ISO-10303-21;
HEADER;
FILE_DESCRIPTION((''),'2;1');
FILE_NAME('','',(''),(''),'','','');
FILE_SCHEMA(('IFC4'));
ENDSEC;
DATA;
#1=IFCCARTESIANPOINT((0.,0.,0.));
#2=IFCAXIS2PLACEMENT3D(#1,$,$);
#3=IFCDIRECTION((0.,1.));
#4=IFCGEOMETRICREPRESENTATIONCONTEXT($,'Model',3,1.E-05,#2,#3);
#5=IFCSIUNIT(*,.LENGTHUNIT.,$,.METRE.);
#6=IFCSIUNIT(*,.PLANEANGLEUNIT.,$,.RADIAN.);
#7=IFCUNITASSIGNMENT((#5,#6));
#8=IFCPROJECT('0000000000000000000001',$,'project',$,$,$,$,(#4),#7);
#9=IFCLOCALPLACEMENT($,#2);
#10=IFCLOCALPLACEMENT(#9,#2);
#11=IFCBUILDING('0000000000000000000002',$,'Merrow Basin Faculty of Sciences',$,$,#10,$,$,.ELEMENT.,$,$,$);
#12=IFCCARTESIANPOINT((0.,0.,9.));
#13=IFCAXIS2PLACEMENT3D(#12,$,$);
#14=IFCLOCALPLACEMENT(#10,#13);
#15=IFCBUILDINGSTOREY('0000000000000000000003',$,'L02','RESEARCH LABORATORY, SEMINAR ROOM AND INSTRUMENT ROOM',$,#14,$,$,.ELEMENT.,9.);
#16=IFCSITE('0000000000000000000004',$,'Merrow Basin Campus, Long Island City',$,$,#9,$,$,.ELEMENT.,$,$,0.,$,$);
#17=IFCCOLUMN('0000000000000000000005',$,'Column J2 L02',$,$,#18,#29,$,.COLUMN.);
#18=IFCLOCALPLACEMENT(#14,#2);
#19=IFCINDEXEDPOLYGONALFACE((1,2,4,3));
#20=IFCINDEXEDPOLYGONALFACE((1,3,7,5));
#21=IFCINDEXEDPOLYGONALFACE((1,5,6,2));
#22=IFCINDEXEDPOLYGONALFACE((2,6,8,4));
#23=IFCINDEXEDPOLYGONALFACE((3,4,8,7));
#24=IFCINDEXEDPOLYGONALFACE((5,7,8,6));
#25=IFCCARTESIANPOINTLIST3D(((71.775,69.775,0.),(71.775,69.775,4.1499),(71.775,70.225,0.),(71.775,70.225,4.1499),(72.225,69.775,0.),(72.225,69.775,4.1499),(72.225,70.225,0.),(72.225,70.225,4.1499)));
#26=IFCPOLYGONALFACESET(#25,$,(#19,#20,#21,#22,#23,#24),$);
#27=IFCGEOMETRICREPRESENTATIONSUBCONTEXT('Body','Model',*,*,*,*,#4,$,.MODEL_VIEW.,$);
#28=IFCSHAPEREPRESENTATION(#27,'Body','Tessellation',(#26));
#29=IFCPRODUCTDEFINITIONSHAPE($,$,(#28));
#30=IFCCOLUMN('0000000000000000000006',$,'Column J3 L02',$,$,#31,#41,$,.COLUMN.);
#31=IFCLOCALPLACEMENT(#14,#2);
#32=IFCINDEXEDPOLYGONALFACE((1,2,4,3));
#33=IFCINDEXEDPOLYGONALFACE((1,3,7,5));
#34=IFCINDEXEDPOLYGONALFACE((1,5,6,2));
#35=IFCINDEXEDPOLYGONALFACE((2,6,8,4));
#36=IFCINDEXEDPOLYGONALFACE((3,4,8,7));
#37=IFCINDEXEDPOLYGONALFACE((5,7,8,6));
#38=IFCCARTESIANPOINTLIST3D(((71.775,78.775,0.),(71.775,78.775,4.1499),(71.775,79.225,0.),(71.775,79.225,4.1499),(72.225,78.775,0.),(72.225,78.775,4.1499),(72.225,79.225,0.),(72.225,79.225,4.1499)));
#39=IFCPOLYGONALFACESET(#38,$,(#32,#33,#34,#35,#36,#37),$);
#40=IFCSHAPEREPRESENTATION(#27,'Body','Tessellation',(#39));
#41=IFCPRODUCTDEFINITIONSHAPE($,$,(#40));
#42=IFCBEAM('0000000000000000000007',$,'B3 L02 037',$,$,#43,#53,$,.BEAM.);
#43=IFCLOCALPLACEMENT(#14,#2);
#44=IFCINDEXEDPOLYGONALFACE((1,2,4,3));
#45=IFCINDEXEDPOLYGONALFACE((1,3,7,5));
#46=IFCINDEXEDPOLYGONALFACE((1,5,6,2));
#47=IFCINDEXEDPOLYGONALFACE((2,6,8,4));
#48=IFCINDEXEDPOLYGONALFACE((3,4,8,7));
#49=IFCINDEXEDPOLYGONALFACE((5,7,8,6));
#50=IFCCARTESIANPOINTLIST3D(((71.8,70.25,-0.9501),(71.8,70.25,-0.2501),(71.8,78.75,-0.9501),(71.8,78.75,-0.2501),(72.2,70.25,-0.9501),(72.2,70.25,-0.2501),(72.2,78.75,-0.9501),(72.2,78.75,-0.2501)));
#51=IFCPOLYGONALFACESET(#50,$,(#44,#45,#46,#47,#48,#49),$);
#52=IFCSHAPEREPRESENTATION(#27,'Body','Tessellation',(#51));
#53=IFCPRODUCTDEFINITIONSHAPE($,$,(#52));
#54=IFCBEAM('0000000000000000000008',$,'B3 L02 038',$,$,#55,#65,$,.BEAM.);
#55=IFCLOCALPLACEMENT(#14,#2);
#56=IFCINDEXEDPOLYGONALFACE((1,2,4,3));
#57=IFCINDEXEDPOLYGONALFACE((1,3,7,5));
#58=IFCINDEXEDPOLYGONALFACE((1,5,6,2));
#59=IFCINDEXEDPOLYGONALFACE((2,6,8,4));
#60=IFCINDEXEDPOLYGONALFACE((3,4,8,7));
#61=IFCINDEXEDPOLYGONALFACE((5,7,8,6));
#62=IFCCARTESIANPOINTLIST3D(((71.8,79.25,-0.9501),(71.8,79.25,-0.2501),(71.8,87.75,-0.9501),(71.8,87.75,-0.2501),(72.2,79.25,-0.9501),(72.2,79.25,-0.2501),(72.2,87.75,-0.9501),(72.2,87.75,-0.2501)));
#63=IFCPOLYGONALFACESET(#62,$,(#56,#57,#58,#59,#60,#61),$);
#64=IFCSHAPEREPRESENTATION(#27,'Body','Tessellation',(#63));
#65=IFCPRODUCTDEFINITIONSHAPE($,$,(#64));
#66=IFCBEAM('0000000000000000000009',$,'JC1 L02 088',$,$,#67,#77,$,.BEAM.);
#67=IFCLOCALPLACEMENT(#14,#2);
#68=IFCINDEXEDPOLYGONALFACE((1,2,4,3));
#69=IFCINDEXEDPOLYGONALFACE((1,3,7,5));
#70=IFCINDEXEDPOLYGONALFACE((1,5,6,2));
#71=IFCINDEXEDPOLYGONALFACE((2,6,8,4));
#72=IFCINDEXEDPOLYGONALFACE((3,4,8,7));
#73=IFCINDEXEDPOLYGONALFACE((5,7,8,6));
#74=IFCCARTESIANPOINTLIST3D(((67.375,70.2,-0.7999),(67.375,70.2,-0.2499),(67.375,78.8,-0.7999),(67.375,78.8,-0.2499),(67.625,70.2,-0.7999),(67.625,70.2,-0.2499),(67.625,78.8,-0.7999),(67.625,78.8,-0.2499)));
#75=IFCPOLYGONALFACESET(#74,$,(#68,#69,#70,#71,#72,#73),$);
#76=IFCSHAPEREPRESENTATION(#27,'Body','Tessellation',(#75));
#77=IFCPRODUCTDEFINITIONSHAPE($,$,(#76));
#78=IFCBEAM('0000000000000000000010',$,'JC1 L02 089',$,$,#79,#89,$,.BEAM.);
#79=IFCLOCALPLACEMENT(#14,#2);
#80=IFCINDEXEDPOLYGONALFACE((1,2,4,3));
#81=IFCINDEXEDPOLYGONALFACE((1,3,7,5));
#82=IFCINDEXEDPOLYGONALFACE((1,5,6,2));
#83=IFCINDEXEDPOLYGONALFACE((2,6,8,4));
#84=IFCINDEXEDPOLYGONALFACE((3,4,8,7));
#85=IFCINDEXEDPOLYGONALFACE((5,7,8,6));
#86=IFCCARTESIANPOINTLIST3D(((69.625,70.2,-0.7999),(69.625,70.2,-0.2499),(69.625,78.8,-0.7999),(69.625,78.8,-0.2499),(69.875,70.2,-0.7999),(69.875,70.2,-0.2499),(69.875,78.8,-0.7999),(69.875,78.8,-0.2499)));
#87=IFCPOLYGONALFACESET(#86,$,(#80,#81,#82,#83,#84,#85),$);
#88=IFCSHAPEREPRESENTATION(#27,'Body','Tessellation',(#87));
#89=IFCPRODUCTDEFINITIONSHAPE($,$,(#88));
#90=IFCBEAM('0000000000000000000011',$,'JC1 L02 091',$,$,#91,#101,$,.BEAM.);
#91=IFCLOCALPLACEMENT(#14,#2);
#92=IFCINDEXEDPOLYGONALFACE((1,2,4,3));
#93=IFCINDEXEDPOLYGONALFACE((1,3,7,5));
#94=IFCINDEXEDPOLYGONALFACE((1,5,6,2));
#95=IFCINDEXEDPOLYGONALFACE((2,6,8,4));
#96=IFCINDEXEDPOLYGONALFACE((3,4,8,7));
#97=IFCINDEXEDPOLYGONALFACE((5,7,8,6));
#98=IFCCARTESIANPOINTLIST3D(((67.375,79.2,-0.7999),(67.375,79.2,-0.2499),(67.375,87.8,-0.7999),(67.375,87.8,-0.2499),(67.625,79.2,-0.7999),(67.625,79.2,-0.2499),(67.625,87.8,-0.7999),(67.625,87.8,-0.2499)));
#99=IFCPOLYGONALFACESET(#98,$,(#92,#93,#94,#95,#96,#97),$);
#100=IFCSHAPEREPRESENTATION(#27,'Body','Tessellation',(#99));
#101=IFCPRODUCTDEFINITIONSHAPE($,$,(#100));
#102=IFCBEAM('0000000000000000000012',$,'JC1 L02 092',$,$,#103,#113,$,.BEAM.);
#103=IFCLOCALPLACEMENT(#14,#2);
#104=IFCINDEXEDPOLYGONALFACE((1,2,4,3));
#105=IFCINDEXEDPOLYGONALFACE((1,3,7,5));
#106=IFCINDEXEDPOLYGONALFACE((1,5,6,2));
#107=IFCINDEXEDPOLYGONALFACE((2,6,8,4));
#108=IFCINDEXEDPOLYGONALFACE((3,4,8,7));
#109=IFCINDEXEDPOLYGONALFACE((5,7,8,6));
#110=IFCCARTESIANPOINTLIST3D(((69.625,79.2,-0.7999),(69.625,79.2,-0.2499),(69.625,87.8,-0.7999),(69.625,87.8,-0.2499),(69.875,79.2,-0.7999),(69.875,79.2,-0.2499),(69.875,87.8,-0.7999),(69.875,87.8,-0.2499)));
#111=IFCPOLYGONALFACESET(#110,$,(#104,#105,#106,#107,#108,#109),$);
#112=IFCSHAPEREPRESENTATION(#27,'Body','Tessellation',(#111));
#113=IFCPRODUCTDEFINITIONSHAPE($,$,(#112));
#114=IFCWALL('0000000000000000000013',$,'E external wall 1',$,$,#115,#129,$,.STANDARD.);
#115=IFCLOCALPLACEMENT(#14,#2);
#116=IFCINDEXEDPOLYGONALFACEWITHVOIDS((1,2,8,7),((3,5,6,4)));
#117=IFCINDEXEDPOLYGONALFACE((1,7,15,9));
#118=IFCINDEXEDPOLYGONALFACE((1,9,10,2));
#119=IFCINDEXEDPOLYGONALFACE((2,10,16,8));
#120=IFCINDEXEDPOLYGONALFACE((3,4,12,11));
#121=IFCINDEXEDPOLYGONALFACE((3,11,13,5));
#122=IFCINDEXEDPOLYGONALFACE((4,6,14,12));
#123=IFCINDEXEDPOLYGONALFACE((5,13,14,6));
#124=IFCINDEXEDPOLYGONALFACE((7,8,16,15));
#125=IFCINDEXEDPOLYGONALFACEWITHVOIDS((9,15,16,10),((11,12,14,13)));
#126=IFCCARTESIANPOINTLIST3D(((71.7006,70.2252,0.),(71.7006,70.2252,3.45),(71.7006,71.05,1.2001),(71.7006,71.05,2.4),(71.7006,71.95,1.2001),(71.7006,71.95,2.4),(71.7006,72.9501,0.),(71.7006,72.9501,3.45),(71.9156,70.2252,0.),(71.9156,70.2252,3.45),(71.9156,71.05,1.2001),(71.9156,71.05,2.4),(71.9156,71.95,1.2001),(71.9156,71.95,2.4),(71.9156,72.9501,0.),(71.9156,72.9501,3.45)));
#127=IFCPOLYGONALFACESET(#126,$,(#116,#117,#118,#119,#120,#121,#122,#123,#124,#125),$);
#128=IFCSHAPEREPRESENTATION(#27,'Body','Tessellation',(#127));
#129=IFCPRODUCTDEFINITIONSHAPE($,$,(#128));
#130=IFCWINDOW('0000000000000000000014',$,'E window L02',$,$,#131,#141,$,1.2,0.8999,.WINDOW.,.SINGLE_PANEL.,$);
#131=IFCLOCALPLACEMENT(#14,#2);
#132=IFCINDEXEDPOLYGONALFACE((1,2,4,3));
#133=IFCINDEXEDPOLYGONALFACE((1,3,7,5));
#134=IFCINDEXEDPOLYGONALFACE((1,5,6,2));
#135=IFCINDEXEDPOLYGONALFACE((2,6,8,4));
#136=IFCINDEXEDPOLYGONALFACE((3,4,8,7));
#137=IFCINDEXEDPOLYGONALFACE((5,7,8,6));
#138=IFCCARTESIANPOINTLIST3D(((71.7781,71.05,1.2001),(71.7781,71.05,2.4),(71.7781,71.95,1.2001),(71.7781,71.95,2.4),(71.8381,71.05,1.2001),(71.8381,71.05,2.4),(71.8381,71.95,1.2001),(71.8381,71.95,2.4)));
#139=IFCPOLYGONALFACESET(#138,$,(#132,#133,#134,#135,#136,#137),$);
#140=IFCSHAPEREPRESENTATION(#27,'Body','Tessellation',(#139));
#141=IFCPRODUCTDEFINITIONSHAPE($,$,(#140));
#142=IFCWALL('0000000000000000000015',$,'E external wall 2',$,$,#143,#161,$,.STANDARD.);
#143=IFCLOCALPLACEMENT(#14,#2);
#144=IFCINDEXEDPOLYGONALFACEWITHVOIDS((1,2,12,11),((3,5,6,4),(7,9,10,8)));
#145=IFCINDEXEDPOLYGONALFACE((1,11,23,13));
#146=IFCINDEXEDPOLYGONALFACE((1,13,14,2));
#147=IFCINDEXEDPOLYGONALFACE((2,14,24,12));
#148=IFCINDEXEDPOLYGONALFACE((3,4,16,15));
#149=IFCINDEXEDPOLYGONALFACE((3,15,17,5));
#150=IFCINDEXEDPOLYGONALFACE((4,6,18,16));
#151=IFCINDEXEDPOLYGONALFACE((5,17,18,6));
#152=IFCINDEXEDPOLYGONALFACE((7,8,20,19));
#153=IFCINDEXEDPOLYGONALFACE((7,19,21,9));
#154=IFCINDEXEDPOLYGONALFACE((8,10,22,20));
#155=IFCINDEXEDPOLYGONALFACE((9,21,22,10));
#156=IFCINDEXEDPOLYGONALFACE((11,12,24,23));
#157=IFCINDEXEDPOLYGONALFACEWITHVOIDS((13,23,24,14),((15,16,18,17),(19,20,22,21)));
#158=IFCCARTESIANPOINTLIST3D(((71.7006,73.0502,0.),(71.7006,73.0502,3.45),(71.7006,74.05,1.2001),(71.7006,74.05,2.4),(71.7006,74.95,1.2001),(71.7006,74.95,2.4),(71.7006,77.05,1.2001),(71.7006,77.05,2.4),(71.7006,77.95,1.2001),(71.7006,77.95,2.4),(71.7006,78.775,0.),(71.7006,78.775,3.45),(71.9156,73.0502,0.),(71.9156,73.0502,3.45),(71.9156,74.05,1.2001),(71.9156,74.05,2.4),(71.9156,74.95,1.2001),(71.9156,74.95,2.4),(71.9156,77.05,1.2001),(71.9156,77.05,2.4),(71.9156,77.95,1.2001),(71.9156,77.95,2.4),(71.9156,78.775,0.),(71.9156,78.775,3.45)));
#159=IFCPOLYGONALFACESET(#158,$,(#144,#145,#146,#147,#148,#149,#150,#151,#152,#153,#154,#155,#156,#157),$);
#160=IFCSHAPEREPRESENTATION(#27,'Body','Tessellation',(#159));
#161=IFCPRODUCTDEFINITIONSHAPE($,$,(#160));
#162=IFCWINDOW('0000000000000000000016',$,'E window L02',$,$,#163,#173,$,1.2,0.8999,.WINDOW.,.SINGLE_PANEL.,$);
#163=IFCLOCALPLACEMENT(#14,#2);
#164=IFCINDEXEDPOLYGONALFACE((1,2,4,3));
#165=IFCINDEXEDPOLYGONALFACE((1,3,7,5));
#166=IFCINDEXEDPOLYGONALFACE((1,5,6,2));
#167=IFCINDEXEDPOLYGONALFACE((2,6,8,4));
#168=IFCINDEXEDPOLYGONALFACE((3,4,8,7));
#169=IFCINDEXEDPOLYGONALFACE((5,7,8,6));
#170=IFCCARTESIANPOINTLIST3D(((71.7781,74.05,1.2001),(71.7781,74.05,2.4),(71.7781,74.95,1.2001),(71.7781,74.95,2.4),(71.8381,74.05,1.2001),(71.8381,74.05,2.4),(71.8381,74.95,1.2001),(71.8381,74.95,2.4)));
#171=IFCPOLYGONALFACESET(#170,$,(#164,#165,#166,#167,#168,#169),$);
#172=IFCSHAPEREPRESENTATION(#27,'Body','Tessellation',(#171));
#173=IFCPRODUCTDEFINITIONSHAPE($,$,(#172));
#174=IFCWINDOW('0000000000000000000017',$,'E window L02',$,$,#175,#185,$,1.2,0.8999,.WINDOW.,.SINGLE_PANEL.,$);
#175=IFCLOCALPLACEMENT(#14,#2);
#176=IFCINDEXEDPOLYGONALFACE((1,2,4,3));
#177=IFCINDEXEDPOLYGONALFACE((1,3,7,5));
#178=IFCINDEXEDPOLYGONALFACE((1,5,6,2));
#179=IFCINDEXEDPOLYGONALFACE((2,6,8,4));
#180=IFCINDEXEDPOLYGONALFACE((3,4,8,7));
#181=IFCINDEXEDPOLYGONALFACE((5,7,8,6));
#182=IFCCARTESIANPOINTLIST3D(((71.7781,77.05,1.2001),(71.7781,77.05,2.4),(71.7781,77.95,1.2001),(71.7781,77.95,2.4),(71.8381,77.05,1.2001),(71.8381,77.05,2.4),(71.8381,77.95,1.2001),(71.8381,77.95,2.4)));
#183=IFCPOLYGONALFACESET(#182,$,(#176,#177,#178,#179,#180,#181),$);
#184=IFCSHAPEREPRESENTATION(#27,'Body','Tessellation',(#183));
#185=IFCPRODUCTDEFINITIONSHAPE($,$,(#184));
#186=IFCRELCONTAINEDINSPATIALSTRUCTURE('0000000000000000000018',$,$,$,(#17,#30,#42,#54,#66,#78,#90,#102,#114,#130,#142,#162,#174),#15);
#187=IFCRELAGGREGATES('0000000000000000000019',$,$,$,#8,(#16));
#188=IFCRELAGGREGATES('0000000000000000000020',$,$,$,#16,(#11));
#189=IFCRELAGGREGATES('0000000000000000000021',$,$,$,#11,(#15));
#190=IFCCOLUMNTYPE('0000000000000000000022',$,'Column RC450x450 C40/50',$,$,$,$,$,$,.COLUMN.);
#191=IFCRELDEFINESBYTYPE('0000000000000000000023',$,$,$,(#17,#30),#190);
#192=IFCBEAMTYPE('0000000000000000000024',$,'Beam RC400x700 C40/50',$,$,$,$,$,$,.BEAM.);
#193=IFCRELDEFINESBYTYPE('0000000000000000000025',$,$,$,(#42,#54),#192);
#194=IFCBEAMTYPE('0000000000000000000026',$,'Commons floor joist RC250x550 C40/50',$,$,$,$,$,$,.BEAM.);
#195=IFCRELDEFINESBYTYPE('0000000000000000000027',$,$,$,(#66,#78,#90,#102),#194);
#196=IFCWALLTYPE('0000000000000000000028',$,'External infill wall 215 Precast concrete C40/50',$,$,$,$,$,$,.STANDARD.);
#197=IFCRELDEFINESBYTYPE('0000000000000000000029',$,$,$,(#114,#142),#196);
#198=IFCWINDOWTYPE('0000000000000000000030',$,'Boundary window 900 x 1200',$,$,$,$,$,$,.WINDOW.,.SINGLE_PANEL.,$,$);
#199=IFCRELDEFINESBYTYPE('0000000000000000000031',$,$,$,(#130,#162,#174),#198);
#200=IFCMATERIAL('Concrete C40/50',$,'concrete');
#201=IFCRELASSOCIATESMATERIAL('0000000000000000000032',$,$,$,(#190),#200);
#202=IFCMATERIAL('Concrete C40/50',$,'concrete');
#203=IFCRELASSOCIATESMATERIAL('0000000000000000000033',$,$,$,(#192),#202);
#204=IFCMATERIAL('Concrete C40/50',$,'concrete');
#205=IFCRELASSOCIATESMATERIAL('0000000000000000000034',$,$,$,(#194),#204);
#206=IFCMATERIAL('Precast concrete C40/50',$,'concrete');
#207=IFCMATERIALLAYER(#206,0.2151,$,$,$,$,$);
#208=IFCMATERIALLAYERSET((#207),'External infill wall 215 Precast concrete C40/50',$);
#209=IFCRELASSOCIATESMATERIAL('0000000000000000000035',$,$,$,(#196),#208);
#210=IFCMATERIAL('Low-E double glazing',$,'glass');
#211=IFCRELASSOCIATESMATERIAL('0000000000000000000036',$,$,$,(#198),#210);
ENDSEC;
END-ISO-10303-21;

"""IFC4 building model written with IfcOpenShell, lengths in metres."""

from ifc_helpers import new_model, si_unit, direction, frame, frame_2d, origin, origin_2d, place, context, subcontext, project, spatial, rectangle, extrude, material, layer, layer_set, material_profile, profile_set, type_object, element, fill, save


model = new_model("IFC4")

# Units and contexts
model_context = context("Model", 3, precision=1e-05, world=origin(), true_north=direction((0.0, 1.0)))
body_context = subcontext(model_context, "Body", "Model", "MODEL_VIEW")
ifc_project = project(units=[si_unit("LENGTHUNIT", "METRE"), si_unit("PLANEANGLEUNIT", "RADIAN")], contexts=[model_context])

# Site, building, storey
site_placement = place(None, origin())
site = spatial("IfcSite", under=ifc_project, at=site_placement, Name="Merrow Basin Campus, Long Island City", CompositionType="ELEMENT", RefElevation=0.0)
building_placement = place(site_placement, origin())
building = spatial("IfcBuilding", under=site, at=building_placement, Name="Merrow Basin Faculty of Sciences", CompositionType="ELEMENT")
storey_placement = place(building_placement, frame((0.0, 0.0, 9.0)))
storey = spatial("IfcBuildingStorey", under=building, at=storey_placement, Name="L02", Description="RESEARCH LABORATORY, SEMINAR ROOM AND INSTRUMENT ROOM", CompositionType="ELEMENT", Elevation=9.0)

# Columns
ifc_material_1 = material(Name="Concrete C40/50", Category="concrete")
ifc_material_profile_1 = material_profile(ifc_material_1, rectangle(XDim=0.45, YDim=0.45, at=origin_2d()))
ifc_profile_set_1 = profile_set([ifc_material_profile_1], Name="Concrete C40/50")
column_type = type_object("IfcColumnType", Name="Column RC450x450 C40/50", PredefinedType="COLUMN", material=ifc_profile_set_1)
for number, where, z_axis, x_axis, name in (
    (1, (72.0, 70.0, 0.0), (0.0, 0.0, 1.0), (1.0, 0.0, 0.0), "Column J2 L02"),
    (2, (72.0, 79.0, 0.0), (0.0, 0.0, 1.0), (1.0, 0.0, 0.0), "Column J3 L02"),
):
    element("IfcColumn", number, at=place(storey_placement, frame(where, z_axis=z_axis, x_axis=x_axis)), inside=storey, type_object=column_type, Name=name, PredefinedType="COLUMN", context=body_context, shape_type="SweptSolid", body=[
        extrude(rectangle(XDim=0.45, YDim=0.45, at=origin_2d()), origin(), (0.0, 0.0, 1.0), 4.1499),
    ])

# Beams
ifc_material_2 = material(Name="Concrete C40/50", Category="concrete")
ifc_material_profile_2 = material_profile(ifc_material_2, rectangle(XDim=0.3999, YDim=0.7, at=origin_2d()))
ifc_profile_set_2 = profile_set([ifc_material_profile_2], Name="Concrete C40/50")
beam_type_1 = type_object("IfcBeamType", Name="Beam RC400x700 C40/50", PredefinedType="BEAM", material=ifc_profile_set_2)
for number, where, z_axis, x_axis, name in (
    (3, (72.0, 70.25, -0.6001), (0.0, 1.0, 0.0), (-1.0, 0.0, 0.0), "B3 L02 037"),
    (4, (72.0, 79.25, -0.6001), (0.0, 1.0, 0.0), (-1.0, 0.0, 0.0), "B3 L02 038"),
):
    element("IfcBeam", number, at=place(storey_placement, frame(where, z_axis=z_axis, x_axis=x_axis)), inside=storey, type_object=beam_type_1, Name=name, PredefinedType="BEAM", context=body_context, shape_type="SweptSolid", body=[
        extrude(rectangle(XDim=0.3999, YDim=0.7, at=origin_2d()), origin(), (0.0, 0.0, 1.0), 8.5),
    ])
ifc_material_3 = material(Name="Concrete C40/50", Category="concrete")
ifc_material_profile_3 = material_profile(ifc_material_3, rectangle(XDim=0.25, YDim=0.55, at=origin_2d()))
ifc_profile_set_3 = profile_set([ifc_material_profile_3], Name="Concrete C40/50")
beam_type_2 = type_object("IfcBeamType", Name="Commons floor joist RC250x550 C40/50", PredefinedType="BEAM", material=ifc_profile_set_3)
for number, where, z_axis, x_axis, name in (
    (5, (67.5, 70.2, -0.5249), (0.0, 1.0, 0.0), (-1.0, 0.0, 0.0), "JC1 L02 088"),
    (6, (69.75, 70.2, -0.5249), (0.0, 1.0, 0.0), (-1.0, 0.0, 0.0), "JC1 L02 089"),
    (7, (67.5, 79.2, -0.5249), (0.0, 1.0, 0.0), (-1.0, 0.0, 0.0), "JC1 L02 091"),
    (8, (69.75, 79.2, -0.5249), (0.0, 1.0, 0.0), (-1.0, 0.0, 0.0), "JC1 L02 092"),
):
    element("IfcBeam", number, at=place(storey_placement, frame(where, z_axis=z_axis, x_axis=x_axis)), inside=storey, type_object=beam_type_2, Name=name, PredefinedType="BEAM", context=body_context, shape_type="SweptSolid", body=[
        extrude(rectangle(XDim=0.25, YDim=0.55, at=origin_2d()), origin(), (0.0, 0.0, 1.0), 8.6001),
    ])

# Wall, opening, window
ifc_material_4 = material(Name="Precast concrete C40/50", Category="concrete")
ifc_layer_1 = layer(ifc_material_4, 0.2151)
ifc_layer_set_1 = layer_set([ifc_layer_1], Name="External infill wall 215 Precast concrete C40/50")
wall_type = type_object("IfcWallType", Name="External infill wall 215 Precast concrete C40/50", PredefinedType="STANDARD", material=ifc_layer_set_1)
wall_1_placement = place(storey_placement, frame((71.8081, 72.95, 0.0), z_axis=(0.0, 0.0, 1.0), x_axis=(0.0, -1.0, 0.0)))
wall_1 = element("IfcWall", 9, at=wall_1_placement, inside=storey, type_object=wall_type, Name="E external wall 1", PredefinedType="STANDARD", context=body_context, shape_type="SweptSolid", body=[
    extrude(rectangle(XDim=2.7249, YDim=0.2151, at=frame_2d((1.3623, 0.0))), origin(), (0.0, 0.0, 1.0), 3.45),
])
opening_1_placement = place(wall_1_placement, frame((1.0, 0.0, 1.2)))
opening_1 = element("IfcOpeningElement", 10, at=opening_1_placement, cuts=wall_1, PredefinedType="OPENING", context=body_context, shape_type="SweptSolid", body=[
    extrude(rectangle(XDim=0.8999, YDim=1.2, at=frame_2d((0.45, 0.6001))), frame((0.0, 0.1174, 0.0), z_axis=(0.0, -1.0, 0.0), x_axis=(1.0, 0.0, 0.0)), (0.0, 0.0, 1.0), 0.2351),
])
ifc_material_5 = material(Name="Low-E double glazing", Category="glass")
window_type = type_object("IfcWindowType", Name="Boundary window 900 x 1200", PartitioningType="SINGLE_PANEL", PredefinedType="WINDOW", material=ifc_material_5)
window_1_placement = place(opening_1_placement, origin())
window_1 = element("IfcWindow", 11, at=window_1_placement, inside=storey, type_object=window_type, Name="E window L02", OverallHeight=1.2, OverallWidth=0.8999, PartitioningType="SINGLE_PANEL", PredefinedType="WINDOW", context=body_context, shape_type="SweptSolid", body=[
    extrude(rectangle(XDim=0.8999, YDim=1.2, at=frame_2d((0.45, 0.6001))), frame((0.0, 0.03, 0.0), z_axis=(0.0, -1.0, 0.0), x_axis=(1.0, 0.0, 0.0)), (0.0, 0.0, 1.0), 0.0601),
])
fill(opening_1, window_1)

# Wall, openings, windows
wall_2_placement = place(storey_placement, frame((71.8081, 78.7749, 0.0), z_axis=(0.0, 0.0, 1.0), x_axis=(0.0, -1.0, 0.0)))
wall_2 = element("IfcWall", 12, at=wall_2_placement, inside=storey, type_object=wall_type, Name="E external wall 2", PredefinedType="STANDARD", context=body_context, shape_type="SweptSolid", body=[
    extrude(rectangle(XDim=5.7249, YDim=0.2151, at=frame_2d((2.8623, 0.0))), origin(), (0.0, 0.0, 1.0), 3.45),
])
opening_2_placement = place(wall_2_placement, frame((3.825, 0.0, 1.2)))
opening_2 = element("IfcOpeningElement", 13, at=opening_2_placement, cuts=wall_2, PredefinedType="OPENING", context=body_context, shape_type="SweptSolid", body=[
    extrude(rectangle(XDim=0.8999, YDim=1.2, at=frame_2d((0.45, 0.6001))), frame((0.0, 0.1174, 0.0), z_axis=(0.0, -1.0, 0.0), x_axis=(1.0, 0.0, 0.0)), (0.0, 0.0, 1.0), 0.2351),
])
opening_3_placement = place(wall_2_placement, frame((0.825, 0.0, 1.2)))
opening_3 = element("IfcOpeningElement", 14, at=opening_3_placement, cuts=wall_2, PredefinedType="OPENING", context=body_context, shape_type="SweptSolid", body=[
    extrude(rectangle(XDim=0.8999, YDim=1.2, at=frame_2d((0.45, 0.6001))), frame((0.0, 0.1174, 0.0), z_axis=(0.0, -1.0, 0.0), x_axis=(1.0, 0.0, 0.0)), (0.0, 0.0, 1.0), 0.2351),
])
window_2_placement = place(opening_2_placement, origin())
window_2 = element("IfcWindow", 15, at=window_2_placement, inside=storey, type_object=window_type, Name="E window L02", OverallHeight=1.2, OverallWidth=0.8999, PartitioningType="SINGLE_PANEL", PredefinedType="WINDOW", context=body_context, shape_type="SweptSolid", body=[
    extrude(rectangle(XDim=0.8999, YDim=1.2, at=frame_2d((0.45, 0.6001))), frame((0.0, 0.03, 0.0), z_axis=(0.0, -1.0, 0.0), x_axis=(1.0, 0.0, 0.0)), (0.0, 0.0, 1.0), 0.0601),
])
fill(opening_2, window_2)
window_3_placement = place(opening_3_placement, origin())
window_3 = element("IfcWindow", 16, at=window_3_placement, inside=storey, type_object=window_type, Name="E window L02", OverallHeight=1.2, OverallWidth=0.8999, PartitioningType="SINGLE_PANEL", PredefinedType="WINDOW", context=body_context, shape_type="SweptSolid", body=[
    extrude(rectangle(XDim=0.8999, YDim=1.2, at=frame_2d((0.45, 0.6001))), frame((0.0, 0.03, 0.0), z_axis=(0.0, -1.0, 0.0), x_axis=(1.0, 0.0, 0.0)), (0.0, 0.0, 1.0), 0.0601),
])
fill(opening_3, window_3)

save(model, "model.ifc")
